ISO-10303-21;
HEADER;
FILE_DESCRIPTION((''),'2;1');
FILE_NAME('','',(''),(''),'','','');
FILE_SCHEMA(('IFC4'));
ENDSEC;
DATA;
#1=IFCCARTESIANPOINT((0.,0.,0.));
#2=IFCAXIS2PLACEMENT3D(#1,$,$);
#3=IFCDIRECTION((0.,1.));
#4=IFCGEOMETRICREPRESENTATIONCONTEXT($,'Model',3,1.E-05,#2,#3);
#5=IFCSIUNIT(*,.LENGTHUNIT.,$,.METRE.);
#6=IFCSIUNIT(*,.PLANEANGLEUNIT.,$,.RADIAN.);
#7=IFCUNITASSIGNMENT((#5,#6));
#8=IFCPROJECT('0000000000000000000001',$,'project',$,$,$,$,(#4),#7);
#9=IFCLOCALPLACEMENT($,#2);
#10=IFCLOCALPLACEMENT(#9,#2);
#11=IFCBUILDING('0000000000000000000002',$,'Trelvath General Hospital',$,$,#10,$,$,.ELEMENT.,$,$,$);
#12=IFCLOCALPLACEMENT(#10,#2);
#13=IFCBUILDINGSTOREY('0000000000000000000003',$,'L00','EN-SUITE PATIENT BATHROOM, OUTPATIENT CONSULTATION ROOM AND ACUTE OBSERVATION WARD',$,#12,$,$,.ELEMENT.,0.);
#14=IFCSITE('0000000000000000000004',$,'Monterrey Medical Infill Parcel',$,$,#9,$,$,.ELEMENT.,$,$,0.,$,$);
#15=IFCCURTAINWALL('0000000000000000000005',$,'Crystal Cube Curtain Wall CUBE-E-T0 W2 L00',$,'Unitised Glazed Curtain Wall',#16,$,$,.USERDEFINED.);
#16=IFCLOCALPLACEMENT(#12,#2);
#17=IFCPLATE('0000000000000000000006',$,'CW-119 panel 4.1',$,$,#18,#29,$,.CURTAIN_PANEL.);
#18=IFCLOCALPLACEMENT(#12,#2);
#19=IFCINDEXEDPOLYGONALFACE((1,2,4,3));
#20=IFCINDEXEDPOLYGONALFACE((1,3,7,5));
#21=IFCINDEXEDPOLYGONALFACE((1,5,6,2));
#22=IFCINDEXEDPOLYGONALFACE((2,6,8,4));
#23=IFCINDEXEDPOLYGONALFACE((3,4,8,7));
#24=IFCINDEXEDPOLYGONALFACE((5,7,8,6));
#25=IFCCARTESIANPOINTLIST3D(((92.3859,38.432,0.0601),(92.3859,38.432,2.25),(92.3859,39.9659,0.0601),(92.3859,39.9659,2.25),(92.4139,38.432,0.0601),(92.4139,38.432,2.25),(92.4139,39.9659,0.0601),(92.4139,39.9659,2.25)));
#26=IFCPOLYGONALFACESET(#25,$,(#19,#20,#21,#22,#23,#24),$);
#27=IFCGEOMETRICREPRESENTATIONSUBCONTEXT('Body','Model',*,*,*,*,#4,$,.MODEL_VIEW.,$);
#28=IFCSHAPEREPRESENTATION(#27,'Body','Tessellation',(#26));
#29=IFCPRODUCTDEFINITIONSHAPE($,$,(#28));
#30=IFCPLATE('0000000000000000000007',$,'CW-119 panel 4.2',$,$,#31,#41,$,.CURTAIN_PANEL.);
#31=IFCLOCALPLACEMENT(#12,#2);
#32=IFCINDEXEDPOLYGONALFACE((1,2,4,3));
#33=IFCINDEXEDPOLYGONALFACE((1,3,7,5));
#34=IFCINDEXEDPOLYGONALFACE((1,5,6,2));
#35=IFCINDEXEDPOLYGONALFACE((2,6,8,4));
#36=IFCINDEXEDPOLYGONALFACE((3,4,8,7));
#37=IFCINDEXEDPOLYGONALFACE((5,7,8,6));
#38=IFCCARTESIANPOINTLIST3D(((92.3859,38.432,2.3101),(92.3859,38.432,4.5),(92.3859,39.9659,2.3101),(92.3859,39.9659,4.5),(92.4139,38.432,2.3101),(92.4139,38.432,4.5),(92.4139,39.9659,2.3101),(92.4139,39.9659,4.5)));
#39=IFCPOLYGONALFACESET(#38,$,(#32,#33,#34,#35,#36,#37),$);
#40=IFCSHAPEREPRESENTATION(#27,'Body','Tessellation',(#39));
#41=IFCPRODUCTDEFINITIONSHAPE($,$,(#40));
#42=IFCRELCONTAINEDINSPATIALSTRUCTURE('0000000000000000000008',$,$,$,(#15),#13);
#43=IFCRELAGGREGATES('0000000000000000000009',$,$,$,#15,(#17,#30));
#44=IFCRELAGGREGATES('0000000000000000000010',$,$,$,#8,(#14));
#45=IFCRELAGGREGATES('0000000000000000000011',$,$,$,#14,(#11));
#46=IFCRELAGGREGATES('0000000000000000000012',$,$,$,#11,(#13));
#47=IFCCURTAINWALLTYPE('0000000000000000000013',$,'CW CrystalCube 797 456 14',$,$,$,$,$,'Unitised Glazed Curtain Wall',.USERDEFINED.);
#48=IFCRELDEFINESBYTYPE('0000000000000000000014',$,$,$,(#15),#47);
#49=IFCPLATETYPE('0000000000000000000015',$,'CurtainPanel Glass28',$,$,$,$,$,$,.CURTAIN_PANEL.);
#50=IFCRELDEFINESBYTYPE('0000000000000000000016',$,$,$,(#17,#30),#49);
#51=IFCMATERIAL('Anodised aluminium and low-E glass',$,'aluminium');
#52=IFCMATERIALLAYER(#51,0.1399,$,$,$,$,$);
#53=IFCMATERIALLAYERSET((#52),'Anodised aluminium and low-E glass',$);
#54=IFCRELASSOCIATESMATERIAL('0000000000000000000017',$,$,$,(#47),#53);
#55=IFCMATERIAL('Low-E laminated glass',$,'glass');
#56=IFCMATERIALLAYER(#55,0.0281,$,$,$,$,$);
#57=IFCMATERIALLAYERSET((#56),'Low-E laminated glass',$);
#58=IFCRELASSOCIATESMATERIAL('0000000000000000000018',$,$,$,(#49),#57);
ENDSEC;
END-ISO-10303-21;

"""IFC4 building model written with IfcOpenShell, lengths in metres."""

from ifc_helpers import new_model, si_unit, direction, frame, origin, origin_2d, place, context, subcontext, project, spatial, rectangle, extrude, material, layer, layer_set, type_object, element, aggregate, save


model = new_model("IFC4")

# Units and contexts
model_context = context("Model", 3, precision=1e-05, world=origin(), true_north=direction((0.0, 1.0)))
body_context = subcontext(model_context, "Body", "Model", "MODEL_VIEW")
ifc_project = project(units=[si_unit("LENGTHUNIT", "METRE"), si_unit("PLANEANGLEUNIT", "RADIAN")], contexts=[model_context])

# Site, building, storey
site_placement = place(None, origin())
site = spatial("IfcSite", under=ifc_project, at=site_placement, Name="Monterrey Medical Infill Parcel", CompositionType="ELEMENT", RefElevation=0.0)
building_placement = place(site_placement, origin())
building = spatial("IfcBuilding", under=site, at=building_placement, Name="Trelvath General Hospital", CompositionType="ELEMENT")
storey_placement = place(building_placement, origin())
storey = spatial("IfcBuildingStorey", under=building, at=storey_placement, Name="L00", Description="EN-SUITE PATIENT BATHROOM, OUTPATIENT CONSULTATION ROOM AND ACUTE OBSERVATION WARD", CompositionType="ELEMENT", Elevation=0.0)

# Curtain wall, plates
ifc_material_1 = material(Name="Anodised aluminium and low-E glass", Category="aluminium")
ifc_layer_1 = layer(ifc_material_1, 0.1399)
ifc_layer_set_1 = layer_set([ifc_layer_1], Name="Anodised aluminium and low-E glass")
curtain_wall_type = type_object("IfcCurtainWallType", Name="CW CrystalCube 797 456 14", ElementType="Unitised Glazed Curtain Wall", PredefinedType="USERDEFINED", material=ifc_layer_set_1)
curtain_wall_placement = place(storey_placement, origin())
curtain_wall = element("IfcCurtainWall", 1, at=curtain_wall_placement, inside=storey, type_object=curtain_wall_type, Name="Crystal Cube Curtain Wall CUBE-E-T0 W2 L00", ObjectType="Unitised Glazed Curtain Wall", PredefinedType="USERDEFINED")
ifc_material_2 = material(Name="Low-E laminated glass", Category="glass")
ifc_layer_2 = layer(ifc_material_2, 0.0281)
ifc_layer_set_2 = layer_set([ifc_layer_2], Name="Low-E laminated glass")
plate_type = type_object("IfcPlateType", Name="CurtainPanel Glass28", PredefinedType="CURTAIN_PANEL", material=ifc_layer_set_2)
plate_1_placement = place(storey_placement, frame((92.3999, 39.199, 0.0601), z_axis=(0.0, 0.0, 1.0), x_axis=(0.0, 1.0, 0.0)))
plate_1 = element("IfcPlate", 2, at=plate_1_placement, type_object=plate_type, Name="CW-119 panel 4.1", PredefinedType="CURTAIN_PANEL", context=body_context, shape_type="SweptSolid", body=[
    extrude(rectangle(XDim=1.5339, YDim=0.0281, at=origin_2d()), origin(), (0.0, 0.0, 1.0), 2.1899),
])
plate_2_placement = place(storey_placement, frame((92.3999, 39.199, 2.3101), z_axis=(0.0, 0.0, 1.0), x_axis=(0.0, 1.0, 0.0)))
plate_2 = element("IfcPlate", 3, at=plate_2_placement, type_object=plate_type, Name="CW-119 panel 4.2", PredefinedType="CURTAIN_PANEL", context=body_context, shape_type="SweptSolid", body=[
    extrude(rectangle(XDim=1.5339, YDim=0.0281, at=origin_2d()), origin(), (0.0, 0.0, 1.0), 2.1899),
])
aggregate(curtain_wall, [plate_1, plate_2])

save(model, "model.ifc")
